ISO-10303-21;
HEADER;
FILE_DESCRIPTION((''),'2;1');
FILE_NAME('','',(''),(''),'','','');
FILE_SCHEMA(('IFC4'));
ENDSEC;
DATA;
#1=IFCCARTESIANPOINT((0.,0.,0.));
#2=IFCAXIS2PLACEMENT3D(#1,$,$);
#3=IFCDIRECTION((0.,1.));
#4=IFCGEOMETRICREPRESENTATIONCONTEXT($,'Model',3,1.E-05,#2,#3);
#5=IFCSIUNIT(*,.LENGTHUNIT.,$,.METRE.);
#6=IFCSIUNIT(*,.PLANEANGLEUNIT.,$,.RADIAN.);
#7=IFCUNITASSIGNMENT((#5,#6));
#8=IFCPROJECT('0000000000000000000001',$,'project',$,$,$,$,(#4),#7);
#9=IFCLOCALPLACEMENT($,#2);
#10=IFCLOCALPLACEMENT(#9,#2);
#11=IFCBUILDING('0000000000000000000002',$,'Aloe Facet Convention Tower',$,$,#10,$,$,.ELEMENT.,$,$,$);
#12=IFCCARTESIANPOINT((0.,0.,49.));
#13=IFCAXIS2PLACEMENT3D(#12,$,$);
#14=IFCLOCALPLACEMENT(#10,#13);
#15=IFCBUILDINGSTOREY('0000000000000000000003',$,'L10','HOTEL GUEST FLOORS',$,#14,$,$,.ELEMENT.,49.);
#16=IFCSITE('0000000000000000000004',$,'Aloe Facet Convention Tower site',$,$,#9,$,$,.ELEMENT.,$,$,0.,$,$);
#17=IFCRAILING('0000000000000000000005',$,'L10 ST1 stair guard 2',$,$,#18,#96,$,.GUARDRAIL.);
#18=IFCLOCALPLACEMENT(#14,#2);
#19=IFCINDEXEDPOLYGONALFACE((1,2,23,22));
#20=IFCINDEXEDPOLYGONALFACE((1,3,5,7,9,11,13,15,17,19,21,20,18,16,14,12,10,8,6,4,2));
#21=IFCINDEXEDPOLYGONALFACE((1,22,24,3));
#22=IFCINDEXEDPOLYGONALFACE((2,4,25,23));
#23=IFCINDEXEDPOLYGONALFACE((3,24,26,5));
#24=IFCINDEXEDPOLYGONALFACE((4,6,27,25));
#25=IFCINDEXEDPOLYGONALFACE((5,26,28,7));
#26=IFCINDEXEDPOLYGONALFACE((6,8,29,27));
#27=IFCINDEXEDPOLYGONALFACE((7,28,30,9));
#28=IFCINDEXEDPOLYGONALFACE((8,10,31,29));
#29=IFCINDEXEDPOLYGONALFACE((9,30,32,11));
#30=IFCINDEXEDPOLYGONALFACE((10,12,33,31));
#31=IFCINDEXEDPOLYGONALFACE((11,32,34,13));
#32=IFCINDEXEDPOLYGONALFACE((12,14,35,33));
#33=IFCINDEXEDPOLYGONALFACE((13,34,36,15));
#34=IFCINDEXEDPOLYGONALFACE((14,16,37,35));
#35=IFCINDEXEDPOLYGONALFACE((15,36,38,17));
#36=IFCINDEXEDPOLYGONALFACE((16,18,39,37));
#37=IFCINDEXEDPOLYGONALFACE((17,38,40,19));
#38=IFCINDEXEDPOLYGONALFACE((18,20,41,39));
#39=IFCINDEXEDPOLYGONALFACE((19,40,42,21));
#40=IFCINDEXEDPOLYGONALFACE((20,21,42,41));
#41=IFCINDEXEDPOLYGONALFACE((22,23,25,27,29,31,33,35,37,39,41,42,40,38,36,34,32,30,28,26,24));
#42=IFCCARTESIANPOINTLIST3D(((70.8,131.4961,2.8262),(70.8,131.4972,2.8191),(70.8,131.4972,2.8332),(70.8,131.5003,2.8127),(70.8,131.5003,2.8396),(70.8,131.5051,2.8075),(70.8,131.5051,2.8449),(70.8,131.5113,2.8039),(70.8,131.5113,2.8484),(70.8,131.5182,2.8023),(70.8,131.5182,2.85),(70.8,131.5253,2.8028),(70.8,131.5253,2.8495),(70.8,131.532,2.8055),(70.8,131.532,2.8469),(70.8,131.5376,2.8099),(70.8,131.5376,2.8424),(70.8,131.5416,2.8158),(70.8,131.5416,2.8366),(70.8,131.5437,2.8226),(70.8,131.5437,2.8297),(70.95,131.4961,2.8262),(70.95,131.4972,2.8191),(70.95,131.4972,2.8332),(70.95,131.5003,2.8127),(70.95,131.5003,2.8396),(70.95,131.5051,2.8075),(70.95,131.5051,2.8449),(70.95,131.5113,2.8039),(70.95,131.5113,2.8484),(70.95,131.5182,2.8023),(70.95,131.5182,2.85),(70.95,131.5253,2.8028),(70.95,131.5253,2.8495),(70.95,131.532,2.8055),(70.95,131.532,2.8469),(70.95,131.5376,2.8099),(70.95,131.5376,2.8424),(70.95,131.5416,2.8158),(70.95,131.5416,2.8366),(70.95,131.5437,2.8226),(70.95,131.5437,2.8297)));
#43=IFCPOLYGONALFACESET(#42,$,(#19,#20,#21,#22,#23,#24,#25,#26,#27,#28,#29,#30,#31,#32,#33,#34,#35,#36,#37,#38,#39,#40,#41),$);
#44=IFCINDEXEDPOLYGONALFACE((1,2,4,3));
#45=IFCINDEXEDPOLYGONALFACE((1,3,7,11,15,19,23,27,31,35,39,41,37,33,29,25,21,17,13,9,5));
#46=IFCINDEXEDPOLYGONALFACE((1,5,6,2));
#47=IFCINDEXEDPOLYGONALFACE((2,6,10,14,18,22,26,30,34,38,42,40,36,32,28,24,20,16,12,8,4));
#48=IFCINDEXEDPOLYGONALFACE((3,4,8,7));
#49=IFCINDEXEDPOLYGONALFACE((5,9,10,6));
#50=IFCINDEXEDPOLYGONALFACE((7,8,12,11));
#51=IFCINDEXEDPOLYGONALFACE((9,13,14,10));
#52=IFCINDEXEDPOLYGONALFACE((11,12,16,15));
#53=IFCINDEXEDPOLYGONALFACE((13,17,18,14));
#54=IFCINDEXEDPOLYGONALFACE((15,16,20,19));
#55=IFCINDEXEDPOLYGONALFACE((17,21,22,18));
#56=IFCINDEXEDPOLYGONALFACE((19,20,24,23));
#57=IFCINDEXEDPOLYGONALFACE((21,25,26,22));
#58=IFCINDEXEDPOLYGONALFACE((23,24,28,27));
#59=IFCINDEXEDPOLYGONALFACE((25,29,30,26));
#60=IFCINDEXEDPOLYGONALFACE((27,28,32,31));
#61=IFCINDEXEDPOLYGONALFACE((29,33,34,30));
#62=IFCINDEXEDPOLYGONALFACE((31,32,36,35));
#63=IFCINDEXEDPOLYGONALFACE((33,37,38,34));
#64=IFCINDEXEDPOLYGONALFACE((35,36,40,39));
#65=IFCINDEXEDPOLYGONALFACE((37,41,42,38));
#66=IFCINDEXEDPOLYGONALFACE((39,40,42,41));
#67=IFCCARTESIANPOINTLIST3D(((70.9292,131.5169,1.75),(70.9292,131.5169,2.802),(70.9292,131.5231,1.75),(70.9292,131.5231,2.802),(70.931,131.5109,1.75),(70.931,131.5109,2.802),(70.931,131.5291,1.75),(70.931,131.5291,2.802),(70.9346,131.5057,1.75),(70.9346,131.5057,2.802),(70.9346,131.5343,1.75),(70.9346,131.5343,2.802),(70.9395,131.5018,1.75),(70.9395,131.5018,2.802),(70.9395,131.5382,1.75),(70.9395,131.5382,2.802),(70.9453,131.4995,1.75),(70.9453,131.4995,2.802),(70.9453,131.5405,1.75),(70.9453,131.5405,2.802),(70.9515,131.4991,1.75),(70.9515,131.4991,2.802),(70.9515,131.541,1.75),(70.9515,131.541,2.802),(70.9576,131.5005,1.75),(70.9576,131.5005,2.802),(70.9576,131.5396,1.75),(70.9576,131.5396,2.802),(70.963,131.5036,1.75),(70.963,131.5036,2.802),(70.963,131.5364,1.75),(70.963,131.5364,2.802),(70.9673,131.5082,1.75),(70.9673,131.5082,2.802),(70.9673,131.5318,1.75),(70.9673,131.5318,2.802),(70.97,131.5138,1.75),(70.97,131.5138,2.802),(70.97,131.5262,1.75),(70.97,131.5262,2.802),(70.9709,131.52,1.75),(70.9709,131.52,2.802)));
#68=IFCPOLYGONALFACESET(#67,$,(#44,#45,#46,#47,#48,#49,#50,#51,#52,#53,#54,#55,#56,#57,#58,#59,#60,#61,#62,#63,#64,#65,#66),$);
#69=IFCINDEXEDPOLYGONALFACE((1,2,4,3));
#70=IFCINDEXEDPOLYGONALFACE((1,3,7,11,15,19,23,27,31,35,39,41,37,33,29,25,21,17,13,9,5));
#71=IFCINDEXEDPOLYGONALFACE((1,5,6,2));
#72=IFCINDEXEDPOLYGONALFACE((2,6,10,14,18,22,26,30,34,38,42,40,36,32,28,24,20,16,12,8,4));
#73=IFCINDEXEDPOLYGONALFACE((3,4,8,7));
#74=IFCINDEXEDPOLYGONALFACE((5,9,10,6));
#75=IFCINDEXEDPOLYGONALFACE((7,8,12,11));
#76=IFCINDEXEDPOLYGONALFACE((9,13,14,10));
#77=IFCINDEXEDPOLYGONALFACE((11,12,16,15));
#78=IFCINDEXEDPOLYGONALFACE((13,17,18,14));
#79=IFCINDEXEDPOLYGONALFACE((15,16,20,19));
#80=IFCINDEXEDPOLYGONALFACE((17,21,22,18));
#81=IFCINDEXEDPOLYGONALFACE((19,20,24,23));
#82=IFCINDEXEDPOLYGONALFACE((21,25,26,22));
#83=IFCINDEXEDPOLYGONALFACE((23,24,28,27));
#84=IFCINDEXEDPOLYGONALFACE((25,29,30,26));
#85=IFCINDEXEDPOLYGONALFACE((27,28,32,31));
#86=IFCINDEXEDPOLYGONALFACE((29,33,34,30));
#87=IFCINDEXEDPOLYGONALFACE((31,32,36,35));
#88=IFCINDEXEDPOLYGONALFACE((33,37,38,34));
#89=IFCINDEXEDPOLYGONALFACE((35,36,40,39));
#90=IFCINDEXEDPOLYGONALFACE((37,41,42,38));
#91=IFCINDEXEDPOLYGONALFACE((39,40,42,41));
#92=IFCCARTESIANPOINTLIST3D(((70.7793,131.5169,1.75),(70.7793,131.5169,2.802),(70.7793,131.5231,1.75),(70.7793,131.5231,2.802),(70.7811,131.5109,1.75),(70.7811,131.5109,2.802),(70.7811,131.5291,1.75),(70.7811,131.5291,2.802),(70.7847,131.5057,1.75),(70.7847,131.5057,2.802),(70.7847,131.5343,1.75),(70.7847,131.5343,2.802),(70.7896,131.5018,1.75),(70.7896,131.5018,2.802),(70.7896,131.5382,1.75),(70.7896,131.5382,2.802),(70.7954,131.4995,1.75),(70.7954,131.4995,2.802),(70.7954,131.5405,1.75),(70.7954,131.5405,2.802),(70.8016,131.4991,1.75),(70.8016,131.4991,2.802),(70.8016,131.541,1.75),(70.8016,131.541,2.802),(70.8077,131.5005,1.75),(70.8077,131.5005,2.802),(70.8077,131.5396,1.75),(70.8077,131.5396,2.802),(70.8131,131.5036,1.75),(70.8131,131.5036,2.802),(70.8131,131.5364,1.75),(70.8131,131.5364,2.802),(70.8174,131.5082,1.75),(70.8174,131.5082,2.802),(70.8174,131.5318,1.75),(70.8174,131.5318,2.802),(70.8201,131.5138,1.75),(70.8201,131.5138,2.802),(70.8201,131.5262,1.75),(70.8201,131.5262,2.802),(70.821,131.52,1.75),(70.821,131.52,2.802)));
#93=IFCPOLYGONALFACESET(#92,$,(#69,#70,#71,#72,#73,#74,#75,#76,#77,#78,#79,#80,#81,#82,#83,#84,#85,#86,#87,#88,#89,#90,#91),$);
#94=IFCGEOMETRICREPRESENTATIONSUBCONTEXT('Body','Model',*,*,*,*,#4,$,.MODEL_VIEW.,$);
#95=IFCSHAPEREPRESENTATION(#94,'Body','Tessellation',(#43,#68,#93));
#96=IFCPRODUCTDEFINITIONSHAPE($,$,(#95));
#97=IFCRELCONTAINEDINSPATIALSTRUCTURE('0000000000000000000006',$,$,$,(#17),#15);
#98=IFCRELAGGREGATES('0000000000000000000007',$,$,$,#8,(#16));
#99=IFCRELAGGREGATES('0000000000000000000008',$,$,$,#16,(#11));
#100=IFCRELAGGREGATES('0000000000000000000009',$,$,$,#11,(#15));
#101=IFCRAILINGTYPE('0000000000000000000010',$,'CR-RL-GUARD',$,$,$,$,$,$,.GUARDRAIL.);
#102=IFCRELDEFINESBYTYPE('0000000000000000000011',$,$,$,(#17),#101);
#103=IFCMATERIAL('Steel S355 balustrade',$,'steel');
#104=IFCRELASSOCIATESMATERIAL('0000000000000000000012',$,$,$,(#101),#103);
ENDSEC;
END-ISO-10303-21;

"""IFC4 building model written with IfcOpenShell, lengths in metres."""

from ifc_helpers import new_model, si_unit, direction, frame, origin, origin_2d, place, context, subcontext, project, spatial, circle, extrude, material, type_object, element, save


model = new_model("IFC4")

# Units and contexts
model_context = context("Model", 3, precision=1e-05, world=origin(), true_north=direction((0.0, 1.0)))
body_context = subcontext(model_context, "Body", "Model", "MODEL_VIEW")
ifc_project = project(units=[si_unit("LENGTHUNIT", "METRE"), si_unit("PLANEANGLEUNIT", "RADIAN")], contexts=[model_context])

# Site, building, storey
site_placement = place(None, origin())
site = spatial("IfcSite", under=ifc_project, at=site_placement, Name="Aloe Facet Convention Tower site", CompositionType="ELEMENT", RefElevation=0.0)
building_placement = place(site_placement, origin())
building = spatial("IfcBuilding", under=site, at=building_placement, Name="Aloe Facet Convention Tower", CompositionType="ELEMENT")
storey_placement = place(building_placement, frame((0.0, 0.0, 49.0)))
storey = spatial("IfcBuildingStorey", under=building, at=storey_placement, Name="L10", Description="HOTEL GUEST FLOORS", CompositionType="ELEMENT", Elevation=49.0)

# Railing
ifc_material_1 = material(Name="Steel S355 balustrade", Category="steel")
railing_type_1 = type_object("IfcRailingType", Name="CR-RL-GUARD", PredefinedType="GUARDRAIL", material=ifc_material_1)
railing_1_placement = place(storey_placement, frame((70.95, 131.52, 1.75)))
element("IfcRailing", 1, at=railing_1_placement, inside=storey, type_object=railing_type_1, Name="L10 ST1 stair guard 2", PredefinedType="GUARDRAIL", context=body_context, shape_type="SweptSolid", body=[
    extrude(circle(Radius=0.0239, at=origin_2d()), frame((0.0, 0.0, 1.0762), z_axis=(-1.0, 0.0, 0.0), x_axis=(0.0, -1.0, 0.0)), (0.0, 0.0, 1.0), 0.1499),
    extrude(circle(Radius=0.021, at=origin_2d()), origin(), (0.0, 0.0, 1.0), 1.052),
    extrude(circle(Radius=0.021, at=origin_2d()), frame((-0.1499, 0.0, 0.0)), (0.0, 0.0, 1.0), 1.052),
])

save(model, "model.ifc")
